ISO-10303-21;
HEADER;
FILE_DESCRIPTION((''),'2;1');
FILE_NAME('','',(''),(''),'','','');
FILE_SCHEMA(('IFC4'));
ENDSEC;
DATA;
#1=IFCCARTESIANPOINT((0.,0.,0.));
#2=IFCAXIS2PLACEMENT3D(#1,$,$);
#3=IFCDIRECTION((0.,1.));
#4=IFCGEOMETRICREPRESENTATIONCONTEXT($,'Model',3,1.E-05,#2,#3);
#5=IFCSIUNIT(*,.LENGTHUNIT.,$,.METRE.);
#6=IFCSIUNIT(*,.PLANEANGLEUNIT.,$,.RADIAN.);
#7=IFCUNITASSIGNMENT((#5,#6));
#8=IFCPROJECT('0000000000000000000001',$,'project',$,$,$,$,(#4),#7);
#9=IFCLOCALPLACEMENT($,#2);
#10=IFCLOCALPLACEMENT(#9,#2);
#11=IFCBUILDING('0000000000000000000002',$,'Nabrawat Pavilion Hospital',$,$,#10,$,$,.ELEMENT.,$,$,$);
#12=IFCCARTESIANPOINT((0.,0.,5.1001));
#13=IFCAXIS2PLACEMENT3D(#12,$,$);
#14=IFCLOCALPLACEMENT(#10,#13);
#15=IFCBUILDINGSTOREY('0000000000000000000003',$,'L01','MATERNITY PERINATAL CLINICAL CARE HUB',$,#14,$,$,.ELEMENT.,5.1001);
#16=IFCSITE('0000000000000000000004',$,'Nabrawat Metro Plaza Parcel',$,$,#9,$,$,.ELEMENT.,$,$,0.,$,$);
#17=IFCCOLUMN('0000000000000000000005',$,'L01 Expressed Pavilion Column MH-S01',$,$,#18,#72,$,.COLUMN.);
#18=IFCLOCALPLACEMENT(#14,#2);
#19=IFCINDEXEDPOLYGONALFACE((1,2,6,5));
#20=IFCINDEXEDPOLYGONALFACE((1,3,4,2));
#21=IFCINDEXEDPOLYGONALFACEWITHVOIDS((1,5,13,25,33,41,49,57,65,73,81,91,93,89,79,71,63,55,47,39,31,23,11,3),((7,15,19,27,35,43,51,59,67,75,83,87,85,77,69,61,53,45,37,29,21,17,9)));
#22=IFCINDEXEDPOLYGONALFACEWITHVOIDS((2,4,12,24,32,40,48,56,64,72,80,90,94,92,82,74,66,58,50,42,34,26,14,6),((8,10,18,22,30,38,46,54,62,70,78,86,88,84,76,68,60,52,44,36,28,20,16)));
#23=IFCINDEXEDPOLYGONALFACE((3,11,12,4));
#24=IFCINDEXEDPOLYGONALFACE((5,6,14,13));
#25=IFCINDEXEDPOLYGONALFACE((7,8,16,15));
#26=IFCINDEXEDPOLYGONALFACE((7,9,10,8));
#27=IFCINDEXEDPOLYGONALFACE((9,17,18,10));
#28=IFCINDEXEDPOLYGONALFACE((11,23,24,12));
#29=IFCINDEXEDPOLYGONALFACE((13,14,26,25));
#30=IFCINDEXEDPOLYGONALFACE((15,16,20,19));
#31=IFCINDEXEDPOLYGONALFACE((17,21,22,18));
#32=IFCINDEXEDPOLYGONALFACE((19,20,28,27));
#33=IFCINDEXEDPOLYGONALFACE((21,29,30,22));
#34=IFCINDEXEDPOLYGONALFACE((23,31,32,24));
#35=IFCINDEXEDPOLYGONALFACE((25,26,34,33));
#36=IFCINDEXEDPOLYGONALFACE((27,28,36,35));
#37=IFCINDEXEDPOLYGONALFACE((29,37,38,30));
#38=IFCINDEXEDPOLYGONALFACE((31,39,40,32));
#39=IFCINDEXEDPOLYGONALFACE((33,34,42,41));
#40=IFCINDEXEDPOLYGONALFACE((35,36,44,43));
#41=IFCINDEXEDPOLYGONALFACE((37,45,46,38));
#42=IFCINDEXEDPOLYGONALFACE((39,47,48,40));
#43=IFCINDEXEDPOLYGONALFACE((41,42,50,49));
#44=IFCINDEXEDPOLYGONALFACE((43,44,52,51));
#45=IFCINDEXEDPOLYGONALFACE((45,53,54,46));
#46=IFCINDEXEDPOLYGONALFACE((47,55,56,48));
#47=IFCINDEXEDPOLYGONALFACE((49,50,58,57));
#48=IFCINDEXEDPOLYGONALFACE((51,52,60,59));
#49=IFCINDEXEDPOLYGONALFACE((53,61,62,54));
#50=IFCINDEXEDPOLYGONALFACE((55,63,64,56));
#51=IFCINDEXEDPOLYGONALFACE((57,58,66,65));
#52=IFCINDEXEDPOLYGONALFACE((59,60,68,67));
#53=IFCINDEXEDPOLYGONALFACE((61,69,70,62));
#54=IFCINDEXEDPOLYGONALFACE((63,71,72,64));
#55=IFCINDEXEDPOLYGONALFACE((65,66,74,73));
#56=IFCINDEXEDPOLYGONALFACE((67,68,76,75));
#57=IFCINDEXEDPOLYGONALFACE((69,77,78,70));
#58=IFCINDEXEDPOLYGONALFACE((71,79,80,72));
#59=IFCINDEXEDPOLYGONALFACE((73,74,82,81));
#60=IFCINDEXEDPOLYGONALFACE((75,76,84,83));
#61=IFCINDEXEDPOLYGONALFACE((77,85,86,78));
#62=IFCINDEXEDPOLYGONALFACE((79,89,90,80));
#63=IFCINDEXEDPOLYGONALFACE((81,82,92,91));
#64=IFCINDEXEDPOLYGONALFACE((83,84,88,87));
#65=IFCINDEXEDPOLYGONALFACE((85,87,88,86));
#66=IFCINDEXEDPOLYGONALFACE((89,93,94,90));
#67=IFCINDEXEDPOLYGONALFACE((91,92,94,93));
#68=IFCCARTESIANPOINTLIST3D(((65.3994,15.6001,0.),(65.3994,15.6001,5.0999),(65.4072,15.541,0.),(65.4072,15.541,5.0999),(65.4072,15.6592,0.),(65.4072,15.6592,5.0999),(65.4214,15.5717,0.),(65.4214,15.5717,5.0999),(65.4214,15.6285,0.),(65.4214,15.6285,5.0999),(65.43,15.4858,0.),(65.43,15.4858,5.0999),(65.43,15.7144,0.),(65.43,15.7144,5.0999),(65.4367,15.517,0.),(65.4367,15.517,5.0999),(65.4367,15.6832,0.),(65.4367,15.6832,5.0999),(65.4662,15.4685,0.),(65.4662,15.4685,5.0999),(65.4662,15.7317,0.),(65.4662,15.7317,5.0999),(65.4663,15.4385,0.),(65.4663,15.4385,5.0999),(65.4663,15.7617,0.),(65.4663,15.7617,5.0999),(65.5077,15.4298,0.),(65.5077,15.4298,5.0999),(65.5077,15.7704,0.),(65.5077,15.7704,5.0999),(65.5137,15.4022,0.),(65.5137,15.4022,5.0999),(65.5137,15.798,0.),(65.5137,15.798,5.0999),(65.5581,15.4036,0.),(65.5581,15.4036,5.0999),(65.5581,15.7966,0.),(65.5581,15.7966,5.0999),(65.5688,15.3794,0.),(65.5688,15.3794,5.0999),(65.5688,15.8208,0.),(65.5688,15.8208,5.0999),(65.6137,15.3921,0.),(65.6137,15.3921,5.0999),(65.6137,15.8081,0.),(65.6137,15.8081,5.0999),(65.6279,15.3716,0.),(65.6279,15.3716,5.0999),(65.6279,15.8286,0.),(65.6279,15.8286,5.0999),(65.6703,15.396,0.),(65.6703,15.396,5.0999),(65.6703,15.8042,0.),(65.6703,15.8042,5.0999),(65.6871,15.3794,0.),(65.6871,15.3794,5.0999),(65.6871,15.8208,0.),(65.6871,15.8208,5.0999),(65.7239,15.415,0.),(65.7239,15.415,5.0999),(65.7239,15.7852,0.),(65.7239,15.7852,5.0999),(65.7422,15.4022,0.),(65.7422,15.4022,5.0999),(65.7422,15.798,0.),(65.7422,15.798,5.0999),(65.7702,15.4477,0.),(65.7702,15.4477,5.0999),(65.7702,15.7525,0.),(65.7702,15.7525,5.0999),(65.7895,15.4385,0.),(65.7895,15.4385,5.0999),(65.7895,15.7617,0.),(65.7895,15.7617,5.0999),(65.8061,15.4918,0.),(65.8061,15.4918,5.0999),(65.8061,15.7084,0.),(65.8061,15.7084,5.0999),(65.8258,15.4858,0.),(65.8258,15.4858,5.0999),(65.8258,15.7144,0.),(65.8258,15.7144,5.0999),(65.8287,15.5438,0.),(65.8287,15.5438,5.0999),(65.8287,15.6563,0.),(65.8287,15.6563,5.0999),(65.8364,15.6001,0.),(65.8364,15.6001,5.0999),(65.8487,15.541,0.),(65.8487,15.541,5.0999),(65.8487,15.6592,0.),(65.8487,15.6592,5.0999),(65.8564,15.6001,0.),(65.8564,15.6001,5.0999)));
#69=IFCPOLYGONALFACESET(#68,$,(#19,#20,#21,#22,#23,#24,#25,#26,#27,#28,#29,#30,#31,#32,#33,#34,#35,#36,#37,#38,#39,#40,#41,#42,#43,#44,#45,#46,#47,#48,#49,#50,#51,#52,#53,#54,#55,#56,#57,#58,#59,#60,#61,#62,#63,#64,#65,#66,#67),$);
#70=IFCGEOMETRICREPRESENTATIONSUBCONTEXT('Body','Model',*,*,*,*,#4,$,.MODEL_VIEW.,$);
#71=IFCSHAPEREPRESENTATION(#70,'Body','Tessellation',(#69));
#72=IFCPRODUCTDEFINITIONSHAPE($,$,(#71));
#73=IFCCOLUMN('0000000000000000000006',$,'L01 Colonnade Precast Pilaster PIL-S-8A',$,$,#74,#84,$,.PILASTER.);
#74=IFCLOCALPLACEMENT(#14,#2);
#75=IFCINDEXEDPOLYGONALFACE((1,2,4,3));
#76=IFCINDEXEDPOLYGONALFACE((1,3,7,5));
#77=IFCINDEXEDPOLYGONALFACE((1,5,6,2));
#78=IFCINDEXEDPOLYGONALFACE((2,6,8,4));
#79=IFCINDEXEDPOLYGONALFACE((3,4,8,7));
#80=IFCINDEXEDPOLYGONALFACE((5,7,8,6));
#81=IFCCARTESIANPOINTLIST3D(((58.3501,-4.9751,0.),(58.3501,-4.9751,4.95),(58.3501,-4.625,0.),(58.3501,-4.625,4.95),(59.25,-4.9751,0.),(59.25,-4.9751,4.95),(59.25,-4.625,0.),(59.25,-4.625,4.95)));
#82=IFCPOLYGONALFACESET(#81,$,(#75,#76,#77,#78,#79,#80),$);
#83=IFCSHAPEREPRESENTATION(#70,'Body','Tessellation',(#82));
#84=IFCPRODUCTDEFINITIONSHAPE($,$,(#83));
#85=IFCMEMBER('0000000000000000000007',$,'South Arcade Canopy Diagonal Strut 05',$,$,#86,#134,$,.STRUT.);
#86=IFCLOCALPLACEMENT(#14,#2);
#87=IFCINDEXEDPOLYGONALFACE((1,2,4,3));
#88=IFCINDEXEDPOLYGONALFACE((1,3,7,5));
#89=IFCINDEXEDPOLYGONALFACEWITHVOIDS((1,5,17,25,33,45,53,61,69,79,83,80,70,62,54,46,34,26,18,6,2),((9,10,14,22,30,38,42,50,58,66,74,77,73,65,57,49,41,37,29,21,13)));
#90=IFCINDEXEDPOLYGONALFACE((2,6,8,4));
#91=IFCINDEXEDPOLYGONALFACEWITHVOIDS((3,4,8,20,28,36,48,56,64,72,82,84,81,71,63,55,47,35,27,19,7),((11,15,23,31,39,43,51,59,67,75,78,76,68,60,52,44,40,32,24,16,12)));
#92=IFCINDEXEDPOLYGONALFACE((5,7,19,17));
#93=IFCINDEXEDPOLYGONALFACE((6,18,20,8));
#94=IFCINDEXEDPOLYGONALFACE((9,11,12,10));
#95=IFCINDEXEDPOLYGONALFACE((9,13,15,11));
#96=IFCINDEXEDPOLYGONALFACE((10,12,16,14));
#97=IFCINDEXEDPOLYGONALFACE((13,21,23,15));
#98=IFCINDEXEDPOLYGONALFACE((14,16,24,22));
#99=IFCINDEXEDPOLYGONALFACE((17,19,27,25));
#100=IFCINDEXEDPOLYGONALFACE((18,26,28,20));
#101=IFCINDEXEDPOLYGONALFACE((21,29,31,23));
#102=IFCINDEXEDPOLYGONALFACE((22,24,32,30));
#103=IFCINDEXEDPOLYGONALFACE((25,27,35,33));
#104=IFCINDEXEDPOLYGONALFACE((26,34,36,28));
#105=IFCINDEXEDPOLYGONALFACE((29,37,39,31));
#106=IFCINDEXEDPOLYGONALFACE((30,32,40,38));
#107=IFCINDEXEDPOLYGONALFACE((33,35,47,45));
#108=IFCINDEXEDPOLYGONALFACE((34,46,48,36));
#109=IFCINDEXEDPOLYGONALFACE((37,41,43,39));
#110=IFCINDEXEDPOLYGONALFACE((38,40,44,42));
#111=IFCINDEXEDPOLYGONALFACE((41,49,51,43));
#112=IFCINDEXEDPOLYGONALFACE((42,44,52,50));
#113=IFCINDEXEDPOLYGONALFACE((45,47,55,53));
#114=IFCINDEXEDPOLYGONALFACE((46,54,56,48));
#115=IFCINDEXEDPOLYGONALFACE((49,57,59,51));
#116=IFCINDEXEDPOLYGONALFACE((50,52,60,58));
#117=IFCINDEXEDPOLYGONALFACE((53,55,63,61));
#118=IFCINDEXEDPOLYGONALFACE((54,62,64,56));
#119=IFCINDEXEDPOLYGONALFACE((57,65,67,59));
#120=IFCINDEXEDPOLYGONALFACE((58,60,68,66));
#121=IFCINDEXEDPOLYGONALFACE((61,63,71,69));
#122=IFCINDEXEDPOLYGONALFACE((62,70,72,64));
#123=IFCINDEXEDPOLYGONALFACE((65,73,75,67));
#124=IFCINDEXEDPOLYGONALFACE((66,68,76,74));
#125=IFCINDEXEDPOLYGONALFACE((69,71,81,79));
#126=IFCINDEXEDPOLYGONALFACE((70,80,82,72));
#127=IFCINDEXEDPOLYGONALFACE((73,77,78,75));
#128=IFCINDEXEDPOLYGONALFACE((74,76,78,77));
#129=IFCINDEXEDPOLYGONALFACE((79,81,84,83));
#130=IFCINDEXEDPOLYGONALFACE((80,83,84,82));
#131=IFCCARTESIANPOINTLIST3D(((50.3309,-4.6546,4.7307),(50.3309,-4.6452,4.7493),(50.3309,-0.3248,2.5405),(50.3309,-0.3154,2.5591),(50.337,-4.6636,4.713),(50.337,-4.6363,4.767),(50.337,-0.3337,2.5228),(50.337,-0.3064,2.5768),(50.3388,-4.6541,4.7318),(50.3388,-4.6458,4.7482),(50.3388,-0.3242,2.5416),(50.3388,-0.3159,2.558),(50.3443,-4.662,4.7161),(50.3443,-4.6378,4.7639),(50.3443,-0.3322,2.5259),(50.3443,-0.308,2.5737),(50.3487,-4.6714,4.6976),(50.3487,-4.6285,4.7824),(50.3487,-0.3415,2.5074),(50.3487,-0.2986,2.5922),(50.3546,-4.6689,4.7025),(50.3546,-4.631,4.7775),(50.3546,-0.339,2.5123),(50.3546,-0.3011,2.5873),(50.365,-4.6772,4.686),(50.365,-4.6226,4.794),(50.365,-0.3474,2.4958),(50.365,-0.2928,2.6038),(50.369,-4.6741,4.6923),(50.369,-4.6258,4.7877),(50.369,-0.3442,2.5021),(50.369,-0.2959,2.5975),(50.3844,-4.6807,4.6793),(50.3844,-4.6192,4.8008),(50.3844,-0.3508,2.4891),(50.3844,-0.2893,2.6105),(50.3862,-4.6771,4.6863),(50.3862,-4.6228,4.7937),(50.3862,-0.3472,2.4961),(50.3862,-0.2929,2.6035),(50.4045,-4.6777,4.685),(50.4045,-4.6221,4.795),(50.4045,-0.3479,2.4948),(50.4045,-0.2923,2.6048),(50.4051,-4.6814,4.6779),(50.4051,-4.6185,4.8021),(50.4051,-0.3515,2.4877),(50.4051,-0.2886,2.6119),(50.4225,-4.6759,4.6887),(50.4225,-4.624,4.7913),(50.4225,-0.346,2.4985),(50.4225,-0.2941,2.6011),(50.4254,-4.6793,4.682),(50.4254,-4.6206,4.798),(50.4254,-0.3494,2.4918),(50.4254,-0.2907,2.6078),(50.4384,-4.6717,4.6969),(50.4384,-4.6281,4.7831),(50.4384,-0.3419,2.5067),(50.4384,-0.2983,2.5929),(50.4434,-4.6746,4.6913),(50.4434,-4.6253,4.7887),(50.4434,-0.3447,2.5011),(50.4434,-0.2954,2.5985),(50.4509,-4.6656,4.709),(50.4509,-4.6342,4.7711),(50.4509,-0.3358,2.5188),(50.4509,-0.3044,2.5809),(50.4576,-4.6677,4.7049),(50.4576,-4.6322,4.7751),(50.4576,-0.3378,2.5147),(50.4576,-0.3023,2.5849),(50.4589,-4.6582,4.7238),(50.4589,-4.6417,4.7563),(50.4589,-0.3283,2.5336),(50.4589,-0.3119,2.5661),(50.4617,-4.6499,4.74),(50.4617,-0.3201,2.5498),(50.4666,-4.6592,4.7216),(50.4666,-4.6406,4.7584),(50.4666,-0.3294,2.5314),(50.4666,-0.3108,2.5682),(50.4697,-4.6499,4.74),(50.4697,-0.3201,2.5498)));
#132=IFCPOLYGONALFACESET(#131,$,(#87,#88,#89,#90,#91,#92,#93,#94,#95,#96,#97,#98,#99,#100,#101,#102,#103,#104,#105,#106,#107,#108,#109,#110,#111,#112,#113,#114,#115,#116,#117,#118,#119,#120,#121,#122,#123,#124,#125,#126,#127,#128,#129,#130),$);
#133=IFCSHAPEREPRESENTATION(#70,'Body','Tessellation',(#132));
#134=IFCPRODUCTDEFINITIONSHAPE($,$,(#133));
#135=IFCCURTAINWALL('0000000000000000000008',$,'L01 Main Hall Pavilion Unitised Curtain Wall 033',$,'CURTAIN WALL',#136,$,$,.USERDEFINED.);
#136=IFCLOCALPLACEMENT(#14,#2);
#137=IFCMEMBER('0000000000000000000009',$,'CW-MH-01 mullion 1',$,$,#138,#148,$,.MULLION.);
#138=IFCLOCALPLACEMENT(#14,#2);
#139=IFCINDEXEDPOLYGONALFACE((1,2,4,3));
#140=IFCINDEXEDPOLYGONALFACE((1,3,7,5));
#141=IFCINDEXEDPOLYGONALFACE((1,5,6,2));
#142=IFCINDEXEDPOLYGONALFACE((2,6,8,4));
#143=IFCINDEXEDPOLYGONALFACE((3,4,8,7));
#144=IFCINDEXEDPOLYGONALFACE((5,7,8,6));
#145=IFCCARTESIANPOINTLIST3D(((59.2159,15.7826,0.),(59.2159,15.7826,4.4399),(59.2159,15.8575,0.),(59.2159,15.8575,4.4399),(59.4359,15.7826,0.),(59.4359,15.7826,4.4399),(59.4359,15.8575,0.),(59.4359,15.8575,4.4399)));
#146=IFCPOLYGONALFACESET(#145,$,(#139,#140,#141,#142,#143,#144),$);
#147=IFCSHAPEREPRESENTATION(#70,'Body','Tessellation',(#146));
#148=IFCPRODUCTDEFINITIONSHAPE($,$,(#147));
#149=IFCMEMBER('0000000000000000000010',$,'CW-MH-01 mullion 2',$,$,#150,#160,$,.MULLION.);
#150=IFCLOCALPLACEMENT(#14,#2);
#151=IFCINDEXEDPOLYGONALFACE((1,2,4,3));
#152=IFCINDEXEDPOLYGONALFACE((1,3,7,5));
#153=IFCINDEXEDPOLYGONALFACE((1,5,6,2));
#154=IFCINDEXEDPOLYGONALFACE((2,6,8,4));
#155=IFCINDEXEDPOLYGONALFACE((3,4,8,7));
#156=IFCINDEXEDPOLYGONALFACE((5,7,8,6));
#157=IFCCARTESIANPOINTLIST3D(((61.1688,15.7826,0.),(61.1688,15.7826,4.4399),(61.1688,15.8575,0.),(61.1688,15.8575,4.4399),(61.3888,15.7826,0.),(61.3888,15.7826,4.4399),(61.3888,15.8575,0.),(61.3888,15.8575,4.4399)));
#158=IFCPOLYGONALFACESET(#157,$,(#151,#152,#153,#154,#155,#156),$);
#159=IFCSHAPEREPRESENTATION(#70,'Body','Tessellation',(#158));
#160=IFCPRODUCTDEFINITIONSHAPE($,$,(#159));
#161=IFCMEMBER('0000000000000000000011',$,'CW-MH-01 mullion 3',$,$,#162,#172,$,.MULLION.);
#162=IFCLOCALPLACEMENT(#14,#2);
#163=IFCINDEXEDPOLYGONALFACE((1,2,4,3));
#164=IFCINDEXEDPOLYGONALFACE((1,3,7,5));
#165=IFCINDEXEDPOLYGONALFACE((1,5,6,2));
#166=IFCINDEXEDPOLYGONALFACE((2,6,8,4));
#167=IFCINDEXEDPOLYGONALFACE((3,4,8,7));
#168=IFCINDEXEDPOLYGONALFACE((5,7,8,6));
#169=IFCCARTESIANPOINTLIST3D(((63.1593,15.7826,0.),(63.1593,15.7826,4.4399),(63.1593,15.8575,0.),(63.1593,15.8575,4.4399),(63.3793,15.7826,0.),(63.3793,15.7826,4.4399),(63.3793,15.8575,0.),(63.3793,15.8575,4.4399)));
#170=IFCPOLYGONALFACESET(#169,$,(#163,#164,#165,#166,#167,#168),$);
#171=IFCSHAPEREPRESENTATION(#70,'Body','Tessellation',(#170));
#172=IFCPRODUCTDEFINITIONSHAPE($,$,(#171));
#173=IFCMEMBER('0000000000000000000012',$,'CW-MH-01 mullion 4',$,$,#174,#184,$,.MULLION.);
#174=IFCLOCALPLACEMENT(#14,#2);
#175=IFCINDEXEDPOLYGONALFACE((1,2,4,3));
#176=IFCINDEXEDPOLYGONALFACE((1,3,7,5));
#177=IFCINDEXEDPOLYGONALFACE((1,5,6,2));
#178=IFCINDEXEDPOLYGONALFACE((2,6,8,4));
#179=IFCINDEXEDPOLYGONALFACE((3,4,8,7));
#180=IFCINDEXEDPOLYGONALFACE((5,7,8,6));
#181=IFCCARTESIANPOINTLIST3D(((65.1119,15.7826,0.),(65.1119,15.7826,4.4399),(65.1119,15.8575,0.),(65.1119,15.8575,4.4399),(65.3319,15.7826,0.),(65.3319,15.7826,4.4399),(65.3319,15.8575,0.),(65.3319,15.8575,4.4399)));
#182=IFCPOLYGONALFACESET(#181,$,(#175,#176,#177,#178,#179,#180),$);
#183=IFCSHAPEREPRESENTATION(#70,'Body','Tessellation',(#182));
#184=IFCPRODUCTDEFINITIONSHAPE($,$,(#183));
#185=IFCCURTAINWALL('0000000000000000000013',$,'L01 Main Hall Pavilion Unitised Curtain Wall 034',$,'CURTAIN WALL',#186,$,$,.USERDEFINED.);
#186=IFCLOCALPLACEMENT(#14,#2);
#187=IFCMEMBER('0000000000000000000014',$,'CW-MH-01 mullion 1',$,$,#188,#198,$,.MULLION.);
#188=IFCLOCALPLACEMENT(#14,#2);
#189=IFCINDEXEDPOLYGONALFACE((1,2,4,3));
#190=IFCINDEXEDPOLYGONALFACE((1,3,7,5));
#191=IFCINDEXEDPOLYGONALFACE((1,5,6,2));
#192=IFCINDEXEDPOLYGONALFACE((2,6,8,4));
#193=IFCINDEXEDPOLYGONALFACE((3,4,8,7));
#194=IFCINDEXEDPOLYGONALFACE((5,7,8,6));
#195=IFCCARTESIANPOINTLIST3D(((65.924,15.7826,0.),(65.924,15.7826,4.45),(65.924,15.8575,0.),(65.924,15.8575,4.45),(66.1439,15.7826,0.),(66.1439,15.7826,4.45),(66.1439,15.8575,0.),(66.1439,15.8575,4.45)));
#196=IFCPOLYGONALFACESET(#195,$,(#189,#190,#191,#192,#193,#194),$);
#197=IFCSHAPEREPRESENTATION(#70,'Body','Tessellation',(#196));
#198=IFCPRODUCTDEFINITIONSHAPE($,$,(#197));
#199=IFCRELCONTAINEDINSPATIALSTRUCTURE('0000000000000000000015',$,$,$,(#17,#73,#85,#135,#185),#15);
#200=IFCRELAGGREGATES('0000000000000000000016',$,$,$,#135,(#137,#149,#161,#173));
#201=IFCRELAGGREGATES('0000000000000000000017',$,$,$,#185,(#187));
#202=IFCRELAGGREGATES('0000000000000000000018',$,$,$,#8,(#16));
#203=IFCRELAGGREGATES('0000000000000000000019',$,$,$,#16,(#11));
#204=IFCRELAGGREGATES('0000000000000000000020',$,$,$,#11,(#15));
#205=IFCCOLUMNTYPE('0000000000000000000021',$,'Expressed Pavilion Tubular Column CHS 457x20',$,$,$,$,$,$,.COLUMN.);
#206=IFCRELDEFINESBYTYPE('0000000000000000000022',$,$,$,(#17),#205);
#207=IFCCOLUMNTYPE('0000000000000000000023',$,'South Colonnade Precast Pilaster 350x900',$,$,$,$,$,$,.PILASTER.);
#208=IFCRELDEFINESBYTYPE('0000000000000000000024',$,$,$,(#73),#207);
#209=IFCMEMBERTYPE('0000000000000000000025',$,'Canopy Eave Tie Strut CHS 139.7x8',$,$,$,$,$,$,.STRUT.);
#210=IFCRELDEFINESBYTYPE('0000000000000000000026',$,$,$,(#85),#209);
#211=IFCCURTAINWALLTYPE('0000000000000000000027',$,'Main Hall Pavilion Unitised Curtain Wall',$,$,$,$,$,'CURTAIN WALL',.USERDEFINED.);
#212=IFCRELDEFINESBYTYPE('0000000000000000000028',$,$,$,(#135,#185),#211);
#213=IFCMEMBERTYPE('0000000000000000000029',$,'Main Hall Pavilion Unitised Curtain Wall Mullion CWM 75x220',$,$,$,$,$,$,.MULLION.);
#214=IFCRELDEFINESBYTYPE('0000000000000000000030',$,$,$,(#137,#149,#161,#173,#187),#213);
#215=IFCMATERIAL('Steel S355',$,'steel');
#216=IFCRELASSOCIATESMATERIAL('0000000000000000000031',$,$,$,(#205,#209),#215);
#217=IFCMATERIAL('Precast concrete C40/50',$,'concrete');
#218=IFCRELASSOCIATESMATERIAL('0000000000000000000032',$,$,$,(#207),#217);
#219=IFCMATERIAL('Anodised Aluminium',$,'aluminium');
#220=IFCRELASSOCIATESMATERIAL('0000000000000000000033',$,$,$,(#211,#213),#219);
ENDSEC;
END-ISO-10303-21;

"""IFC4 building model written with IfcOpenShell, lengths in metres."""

from ifc_helpers import new_model, si_unit, direction, frame, origin, origin_2d, place, context, subcontext, project, spatial, rectangle, hollow_circle, extrude, material, material_profile, profile_set, type_object, element, aggregate, save


model = new_model("IFC4")

# Units and contexts
model_context = context("Model", 3, precision=1e-05, world=origin(), true_north=direction((0.0, 1.0)))
body_context = subcontext(model_context, "Body", "Model", "MODEL_VIEW")
ifc_project = project(units=[si_unit("LENGTHUNIT", "METRE"), si_unit("PLANEANGLEUNIT", "RADIAN")], contexts=[model_context])

# Site, building, storey
site_placement = place(None, origin())
site = spatial("IfcSite", under=ifc_project, at=site_placement, Name="Nabrawat Metro Plaza Parcel", CompositionType="ELEMENT", RefElevation=0.0)
building_placement = place(site_placement, origin())
building = spatial("IfcBuilding", under=site, at=building_placement, Name="Nabrawat Pavilion Hospital", CompositionType="ELEMENT")
storey_placement = place(building_placement, frame((0.0, 0.0, 5.1001)))
storey = spatial("IfcBuildingStorey", under=building, at=storey_placement, Name="L01", Description="MATERNITY PERINATAL CLINICAL CARE HUB", CompositionType="ELEMENT", Elevation=5.1001)

# Columns
ifc_material_1 = material(Name="Steel S355", Category="steel")
ifc_material_profile_1 = material_profile(ifc_material_1, hollow_circle(Radius=0.2285, WallThickness=0.02, at=origin_2d()), Name="CHS 457x20")
ifc_profile_set_1 = profile_set([ifc_material_profile_1], Name="Steel S355")
column_type_1 = type_object("IfcColumnType", Name="Expressed Pavilion Tubular Column CHS 457x20", PredefinedType="COLUMN", material=ifc_profile_set_1)
for number, where, z_axis, x_axis, name in (
    (1, (65.6279, 15.6001, 0.0), (0.0, 0.0, 1.0), (1.0, 0.0, 0.0), "L01 Expressed Pavilion Column MH-S01"),
):
    element("IfcColumn", number, at=place(storey_placement, frame(where, z_axis=z_axis, x_axis=x_axis)), inside=storey, type_object=column_type_1, Name=name, PredefinedType="COLUMN", context=body_context, shape_type="SweptSolid", body=[
        extrude(hollow_circle(Radius=0.2285, WallThickness=0.02, at=origin_2d()), origin(), (0.0, 0.0, 1.0), 5.0999),
    ])
ifc_material_2 = material(Name="Precast concrete C40/50", Category="concrete")
ifc_material_profile_2 = material_profile(ifc_material_2, rectangle(XDim=0.3501, YDim=0.8999, at=origin_2d()), Name="PC 350x900")
ifc_profile_set_2 = profile_set([ifc_material_profile_2], Name="Precast concrete C40/50")
column_type_2 = type_object("IfcColumnType", Name="South Colonnade Precast Pilaster 350x900", PredefinedType="PILASTER", material=ifc_profile_set_2)
column_placement = place(storey_placement, frame((58.8, -4.8, 0.0), z_axis=(0.0, 0.0, 1.0), x_axis=(0.0, 1.0, 0.0)))
element("IfcColumn", 2, at=column_placement, inside=storey, type_object=column_type_2, Name="L01 Colonnade Precast Pilaster PIL-S-8A", PredefinedType="PILASTER", context=body_context, shape_type="SweptSolid", body=[
    extrude(rectangle(XDim=0.3501, YDim=0.8999, at=origin_2d()), origin(), (0.0, 0.0, 1.0), 4.95),
])

# Member
ifc_material_profile_3 = material_profile(ifc_material_1, hollow_circle(Radius=0.0698, WallThickness=0.0081, at=origin_2d()), Name="CHS 139.7x8")
ifc_profile_set_3 = profile_set([ifc_material_profile_3], Name="Steel S355")
member_type_1 = type_object("IfcMemberType", Name="Canopy Eave Tie Strut CHS 139.7x8", PredefinedType="STRUT", material=ifc_profile_set_3)
member_1_placement = place(storey_placement, frame((50.3999, -0.3201, 2.5498), z_axis=(0.0, -0.892334, 0.451375), x_axis=(1.0, 0.0, 0.0)))
element("IfcMember", 3, at=member_1_placement, inside=storey, type_object=member_type_1, Name="South Arcade Canopy Diagonal Strut 05", PredefinedType="STRUT", context=body_context, shape_type="SweptSolid", body=[
    extrude(hollow_circle(Radius=0.0698, WallThickness=0.0081, at=origin_2d()), origin(), (0.0, 0.0, 1.0), 4.8523),
])

# Curtain wall, members
ifc_material_3 = material(Name="Anodised Aluminium", Category="aluminium")
curtain_wall_type = type_object("IfcCurtainWallType", Name="Main Hall Pavilion Unitised Curtain Wall", ElementType="CURTAIN WALL", PredefinedType="USERDEFINED", material=ifc_material_3)
curtain_wall_1_placement = place(storey_placement, origin())
curtain_wall_1 = element("IfcCurtainWall", 4, at=curtain_wall_1_placement, inside=storey, type_object=curtain_wall_type, Name="L01 Main Hall Pavilion Unitised Curtain Wall 033", ObjectType="CURTAIN WALL", PredefinedType="USERDEFINED")
ifc_material_profile_4 = material_profile(ifc_material_3, rectangle(XDim=0.075, YDim=0.22, at=origin_2d()), Name="CWM 75x220")
ifc_profile_set_4 = profile_set([ifc_material_profile_4], Name="Anodised Aluminium")
member_type_2 = type_object("IfcMemberType", Name="Main Hall Pavilion Unitised Curtain Wall Mullion CWM 75x220", PredefinedType="MULLION", material=ifc_profile_set_4)
member_2_placement = place(storey_placement, frame((59.3259, 15.8201, 0.0), z_axis=(0.0, 0.0, 1.0), x_axis=(0.0, 1.0, 0.0)))
member_2 = element("IfcMember", 5, at=member_2_placement, type_object=member_type_2, Name="CW-MH-01 mullion 1", PredefinedType="MULLION", context=body_context, shape_type="SweptSolid", body=[
    extrude(rectangle(XDim=0.075, YDim=0.22, at=origin_2d()), origin(), (0.0, 0.0, 1.0), 4.4399),
])
member_3_placement = place(storey_placement, frame((61.2788, 15.8201, 0.0), z_axis=(0.0, 0.0, 1.0), x_axis=(0.0, 1.0, 0.0)))
member_3 = element("IfcMember", 6, at=member_3_placement, type_object=member_type_2, Name="CW-MH-01 mullion 2", PredefinedType="MULLION", context=body_context, shape_type="SweptSolid", body=[
    extrude(rectangle(XDim=0.075, YDim=0.22, at=origin_2d()), origin(), (0.0, 0.0, 1.0), 4.4399),
])
member_4_placement = place(storey_placement, frame((63.2693, 15.8201, 0.0), z_axis=(0.0, 0.0, 1.0), x_axis=(0.0, 1.0, 0.0)))
member_4 = element("IfcMember", 7, at=member_4_placement, type_object=member_type_2, Name="CW-MH-01 mullion 3", PredefinedType="MULLION", context=body_context, shape_type="SweptSolid", body=[
    extrude(rectangle(XDim=0.075, YDim=0.22, at=origin_2d()), origin(), (0.0, 0.0, 1.0), 4.4399),
])
member_5_placement = place(storey_placement, frame((65.2219, 15.8201, 0.0), z_axis=(0.0, 0.0, 1.0), x_axis=(0.0, 1.0, 0.0)))
member_5 = element("IfcMember", 8, at=member_5_placement, type_object=member_type_2, Name="CW-MH-01 mullion 4", PredefinedType="MULLION", context=body_context, shape_type="SweptSolid", body=[
    extrude(rectangle(XDim=0.075, YDim=0.22, at=origin_2d()), origin(), (0.0, 0.0, 1.0), 4.4399),
])

# Curtain wall, member
curtain_wall_2_placement = place(storey_placement, origin())
curtain_wall_2 = element("IfcCurtainWall", 9, at=curtain_wall_2_placement, inside=storey, type_object=curtain_wall_type, Name="L01 Main Hall Pavilion Unitised Curtain Wall 034", ObjectType="CURTAIN WALL", PredefinedType="USERDEFINED")
member_6_placement = place(storey_placement, frame((66.0339, 15.8201, 0.0), z_axis=(0.0, 0.0, 1.0), x_axis=(0.0, 1.0, 0.0)))
member_6 = element("IfcMember", 10, at=member_6_placement, type_object=member_type_2, Name="CW-MH-01 mullion 1", PredefinedType="MULLION", context=body_context, shape_type="SweptSolid", body=[
    extrude(rectangle(XDim=0.075, YDim=0.22, at=origin_2d()), origin(), (0.0, 0.0, 1.0), 4.45),
])

aggregate(curtain_wall_1, [member_2, member_3, member_4, member_5])
aggregate(curtain_wall_2, [member_6])

save(model, "model.ifc")
